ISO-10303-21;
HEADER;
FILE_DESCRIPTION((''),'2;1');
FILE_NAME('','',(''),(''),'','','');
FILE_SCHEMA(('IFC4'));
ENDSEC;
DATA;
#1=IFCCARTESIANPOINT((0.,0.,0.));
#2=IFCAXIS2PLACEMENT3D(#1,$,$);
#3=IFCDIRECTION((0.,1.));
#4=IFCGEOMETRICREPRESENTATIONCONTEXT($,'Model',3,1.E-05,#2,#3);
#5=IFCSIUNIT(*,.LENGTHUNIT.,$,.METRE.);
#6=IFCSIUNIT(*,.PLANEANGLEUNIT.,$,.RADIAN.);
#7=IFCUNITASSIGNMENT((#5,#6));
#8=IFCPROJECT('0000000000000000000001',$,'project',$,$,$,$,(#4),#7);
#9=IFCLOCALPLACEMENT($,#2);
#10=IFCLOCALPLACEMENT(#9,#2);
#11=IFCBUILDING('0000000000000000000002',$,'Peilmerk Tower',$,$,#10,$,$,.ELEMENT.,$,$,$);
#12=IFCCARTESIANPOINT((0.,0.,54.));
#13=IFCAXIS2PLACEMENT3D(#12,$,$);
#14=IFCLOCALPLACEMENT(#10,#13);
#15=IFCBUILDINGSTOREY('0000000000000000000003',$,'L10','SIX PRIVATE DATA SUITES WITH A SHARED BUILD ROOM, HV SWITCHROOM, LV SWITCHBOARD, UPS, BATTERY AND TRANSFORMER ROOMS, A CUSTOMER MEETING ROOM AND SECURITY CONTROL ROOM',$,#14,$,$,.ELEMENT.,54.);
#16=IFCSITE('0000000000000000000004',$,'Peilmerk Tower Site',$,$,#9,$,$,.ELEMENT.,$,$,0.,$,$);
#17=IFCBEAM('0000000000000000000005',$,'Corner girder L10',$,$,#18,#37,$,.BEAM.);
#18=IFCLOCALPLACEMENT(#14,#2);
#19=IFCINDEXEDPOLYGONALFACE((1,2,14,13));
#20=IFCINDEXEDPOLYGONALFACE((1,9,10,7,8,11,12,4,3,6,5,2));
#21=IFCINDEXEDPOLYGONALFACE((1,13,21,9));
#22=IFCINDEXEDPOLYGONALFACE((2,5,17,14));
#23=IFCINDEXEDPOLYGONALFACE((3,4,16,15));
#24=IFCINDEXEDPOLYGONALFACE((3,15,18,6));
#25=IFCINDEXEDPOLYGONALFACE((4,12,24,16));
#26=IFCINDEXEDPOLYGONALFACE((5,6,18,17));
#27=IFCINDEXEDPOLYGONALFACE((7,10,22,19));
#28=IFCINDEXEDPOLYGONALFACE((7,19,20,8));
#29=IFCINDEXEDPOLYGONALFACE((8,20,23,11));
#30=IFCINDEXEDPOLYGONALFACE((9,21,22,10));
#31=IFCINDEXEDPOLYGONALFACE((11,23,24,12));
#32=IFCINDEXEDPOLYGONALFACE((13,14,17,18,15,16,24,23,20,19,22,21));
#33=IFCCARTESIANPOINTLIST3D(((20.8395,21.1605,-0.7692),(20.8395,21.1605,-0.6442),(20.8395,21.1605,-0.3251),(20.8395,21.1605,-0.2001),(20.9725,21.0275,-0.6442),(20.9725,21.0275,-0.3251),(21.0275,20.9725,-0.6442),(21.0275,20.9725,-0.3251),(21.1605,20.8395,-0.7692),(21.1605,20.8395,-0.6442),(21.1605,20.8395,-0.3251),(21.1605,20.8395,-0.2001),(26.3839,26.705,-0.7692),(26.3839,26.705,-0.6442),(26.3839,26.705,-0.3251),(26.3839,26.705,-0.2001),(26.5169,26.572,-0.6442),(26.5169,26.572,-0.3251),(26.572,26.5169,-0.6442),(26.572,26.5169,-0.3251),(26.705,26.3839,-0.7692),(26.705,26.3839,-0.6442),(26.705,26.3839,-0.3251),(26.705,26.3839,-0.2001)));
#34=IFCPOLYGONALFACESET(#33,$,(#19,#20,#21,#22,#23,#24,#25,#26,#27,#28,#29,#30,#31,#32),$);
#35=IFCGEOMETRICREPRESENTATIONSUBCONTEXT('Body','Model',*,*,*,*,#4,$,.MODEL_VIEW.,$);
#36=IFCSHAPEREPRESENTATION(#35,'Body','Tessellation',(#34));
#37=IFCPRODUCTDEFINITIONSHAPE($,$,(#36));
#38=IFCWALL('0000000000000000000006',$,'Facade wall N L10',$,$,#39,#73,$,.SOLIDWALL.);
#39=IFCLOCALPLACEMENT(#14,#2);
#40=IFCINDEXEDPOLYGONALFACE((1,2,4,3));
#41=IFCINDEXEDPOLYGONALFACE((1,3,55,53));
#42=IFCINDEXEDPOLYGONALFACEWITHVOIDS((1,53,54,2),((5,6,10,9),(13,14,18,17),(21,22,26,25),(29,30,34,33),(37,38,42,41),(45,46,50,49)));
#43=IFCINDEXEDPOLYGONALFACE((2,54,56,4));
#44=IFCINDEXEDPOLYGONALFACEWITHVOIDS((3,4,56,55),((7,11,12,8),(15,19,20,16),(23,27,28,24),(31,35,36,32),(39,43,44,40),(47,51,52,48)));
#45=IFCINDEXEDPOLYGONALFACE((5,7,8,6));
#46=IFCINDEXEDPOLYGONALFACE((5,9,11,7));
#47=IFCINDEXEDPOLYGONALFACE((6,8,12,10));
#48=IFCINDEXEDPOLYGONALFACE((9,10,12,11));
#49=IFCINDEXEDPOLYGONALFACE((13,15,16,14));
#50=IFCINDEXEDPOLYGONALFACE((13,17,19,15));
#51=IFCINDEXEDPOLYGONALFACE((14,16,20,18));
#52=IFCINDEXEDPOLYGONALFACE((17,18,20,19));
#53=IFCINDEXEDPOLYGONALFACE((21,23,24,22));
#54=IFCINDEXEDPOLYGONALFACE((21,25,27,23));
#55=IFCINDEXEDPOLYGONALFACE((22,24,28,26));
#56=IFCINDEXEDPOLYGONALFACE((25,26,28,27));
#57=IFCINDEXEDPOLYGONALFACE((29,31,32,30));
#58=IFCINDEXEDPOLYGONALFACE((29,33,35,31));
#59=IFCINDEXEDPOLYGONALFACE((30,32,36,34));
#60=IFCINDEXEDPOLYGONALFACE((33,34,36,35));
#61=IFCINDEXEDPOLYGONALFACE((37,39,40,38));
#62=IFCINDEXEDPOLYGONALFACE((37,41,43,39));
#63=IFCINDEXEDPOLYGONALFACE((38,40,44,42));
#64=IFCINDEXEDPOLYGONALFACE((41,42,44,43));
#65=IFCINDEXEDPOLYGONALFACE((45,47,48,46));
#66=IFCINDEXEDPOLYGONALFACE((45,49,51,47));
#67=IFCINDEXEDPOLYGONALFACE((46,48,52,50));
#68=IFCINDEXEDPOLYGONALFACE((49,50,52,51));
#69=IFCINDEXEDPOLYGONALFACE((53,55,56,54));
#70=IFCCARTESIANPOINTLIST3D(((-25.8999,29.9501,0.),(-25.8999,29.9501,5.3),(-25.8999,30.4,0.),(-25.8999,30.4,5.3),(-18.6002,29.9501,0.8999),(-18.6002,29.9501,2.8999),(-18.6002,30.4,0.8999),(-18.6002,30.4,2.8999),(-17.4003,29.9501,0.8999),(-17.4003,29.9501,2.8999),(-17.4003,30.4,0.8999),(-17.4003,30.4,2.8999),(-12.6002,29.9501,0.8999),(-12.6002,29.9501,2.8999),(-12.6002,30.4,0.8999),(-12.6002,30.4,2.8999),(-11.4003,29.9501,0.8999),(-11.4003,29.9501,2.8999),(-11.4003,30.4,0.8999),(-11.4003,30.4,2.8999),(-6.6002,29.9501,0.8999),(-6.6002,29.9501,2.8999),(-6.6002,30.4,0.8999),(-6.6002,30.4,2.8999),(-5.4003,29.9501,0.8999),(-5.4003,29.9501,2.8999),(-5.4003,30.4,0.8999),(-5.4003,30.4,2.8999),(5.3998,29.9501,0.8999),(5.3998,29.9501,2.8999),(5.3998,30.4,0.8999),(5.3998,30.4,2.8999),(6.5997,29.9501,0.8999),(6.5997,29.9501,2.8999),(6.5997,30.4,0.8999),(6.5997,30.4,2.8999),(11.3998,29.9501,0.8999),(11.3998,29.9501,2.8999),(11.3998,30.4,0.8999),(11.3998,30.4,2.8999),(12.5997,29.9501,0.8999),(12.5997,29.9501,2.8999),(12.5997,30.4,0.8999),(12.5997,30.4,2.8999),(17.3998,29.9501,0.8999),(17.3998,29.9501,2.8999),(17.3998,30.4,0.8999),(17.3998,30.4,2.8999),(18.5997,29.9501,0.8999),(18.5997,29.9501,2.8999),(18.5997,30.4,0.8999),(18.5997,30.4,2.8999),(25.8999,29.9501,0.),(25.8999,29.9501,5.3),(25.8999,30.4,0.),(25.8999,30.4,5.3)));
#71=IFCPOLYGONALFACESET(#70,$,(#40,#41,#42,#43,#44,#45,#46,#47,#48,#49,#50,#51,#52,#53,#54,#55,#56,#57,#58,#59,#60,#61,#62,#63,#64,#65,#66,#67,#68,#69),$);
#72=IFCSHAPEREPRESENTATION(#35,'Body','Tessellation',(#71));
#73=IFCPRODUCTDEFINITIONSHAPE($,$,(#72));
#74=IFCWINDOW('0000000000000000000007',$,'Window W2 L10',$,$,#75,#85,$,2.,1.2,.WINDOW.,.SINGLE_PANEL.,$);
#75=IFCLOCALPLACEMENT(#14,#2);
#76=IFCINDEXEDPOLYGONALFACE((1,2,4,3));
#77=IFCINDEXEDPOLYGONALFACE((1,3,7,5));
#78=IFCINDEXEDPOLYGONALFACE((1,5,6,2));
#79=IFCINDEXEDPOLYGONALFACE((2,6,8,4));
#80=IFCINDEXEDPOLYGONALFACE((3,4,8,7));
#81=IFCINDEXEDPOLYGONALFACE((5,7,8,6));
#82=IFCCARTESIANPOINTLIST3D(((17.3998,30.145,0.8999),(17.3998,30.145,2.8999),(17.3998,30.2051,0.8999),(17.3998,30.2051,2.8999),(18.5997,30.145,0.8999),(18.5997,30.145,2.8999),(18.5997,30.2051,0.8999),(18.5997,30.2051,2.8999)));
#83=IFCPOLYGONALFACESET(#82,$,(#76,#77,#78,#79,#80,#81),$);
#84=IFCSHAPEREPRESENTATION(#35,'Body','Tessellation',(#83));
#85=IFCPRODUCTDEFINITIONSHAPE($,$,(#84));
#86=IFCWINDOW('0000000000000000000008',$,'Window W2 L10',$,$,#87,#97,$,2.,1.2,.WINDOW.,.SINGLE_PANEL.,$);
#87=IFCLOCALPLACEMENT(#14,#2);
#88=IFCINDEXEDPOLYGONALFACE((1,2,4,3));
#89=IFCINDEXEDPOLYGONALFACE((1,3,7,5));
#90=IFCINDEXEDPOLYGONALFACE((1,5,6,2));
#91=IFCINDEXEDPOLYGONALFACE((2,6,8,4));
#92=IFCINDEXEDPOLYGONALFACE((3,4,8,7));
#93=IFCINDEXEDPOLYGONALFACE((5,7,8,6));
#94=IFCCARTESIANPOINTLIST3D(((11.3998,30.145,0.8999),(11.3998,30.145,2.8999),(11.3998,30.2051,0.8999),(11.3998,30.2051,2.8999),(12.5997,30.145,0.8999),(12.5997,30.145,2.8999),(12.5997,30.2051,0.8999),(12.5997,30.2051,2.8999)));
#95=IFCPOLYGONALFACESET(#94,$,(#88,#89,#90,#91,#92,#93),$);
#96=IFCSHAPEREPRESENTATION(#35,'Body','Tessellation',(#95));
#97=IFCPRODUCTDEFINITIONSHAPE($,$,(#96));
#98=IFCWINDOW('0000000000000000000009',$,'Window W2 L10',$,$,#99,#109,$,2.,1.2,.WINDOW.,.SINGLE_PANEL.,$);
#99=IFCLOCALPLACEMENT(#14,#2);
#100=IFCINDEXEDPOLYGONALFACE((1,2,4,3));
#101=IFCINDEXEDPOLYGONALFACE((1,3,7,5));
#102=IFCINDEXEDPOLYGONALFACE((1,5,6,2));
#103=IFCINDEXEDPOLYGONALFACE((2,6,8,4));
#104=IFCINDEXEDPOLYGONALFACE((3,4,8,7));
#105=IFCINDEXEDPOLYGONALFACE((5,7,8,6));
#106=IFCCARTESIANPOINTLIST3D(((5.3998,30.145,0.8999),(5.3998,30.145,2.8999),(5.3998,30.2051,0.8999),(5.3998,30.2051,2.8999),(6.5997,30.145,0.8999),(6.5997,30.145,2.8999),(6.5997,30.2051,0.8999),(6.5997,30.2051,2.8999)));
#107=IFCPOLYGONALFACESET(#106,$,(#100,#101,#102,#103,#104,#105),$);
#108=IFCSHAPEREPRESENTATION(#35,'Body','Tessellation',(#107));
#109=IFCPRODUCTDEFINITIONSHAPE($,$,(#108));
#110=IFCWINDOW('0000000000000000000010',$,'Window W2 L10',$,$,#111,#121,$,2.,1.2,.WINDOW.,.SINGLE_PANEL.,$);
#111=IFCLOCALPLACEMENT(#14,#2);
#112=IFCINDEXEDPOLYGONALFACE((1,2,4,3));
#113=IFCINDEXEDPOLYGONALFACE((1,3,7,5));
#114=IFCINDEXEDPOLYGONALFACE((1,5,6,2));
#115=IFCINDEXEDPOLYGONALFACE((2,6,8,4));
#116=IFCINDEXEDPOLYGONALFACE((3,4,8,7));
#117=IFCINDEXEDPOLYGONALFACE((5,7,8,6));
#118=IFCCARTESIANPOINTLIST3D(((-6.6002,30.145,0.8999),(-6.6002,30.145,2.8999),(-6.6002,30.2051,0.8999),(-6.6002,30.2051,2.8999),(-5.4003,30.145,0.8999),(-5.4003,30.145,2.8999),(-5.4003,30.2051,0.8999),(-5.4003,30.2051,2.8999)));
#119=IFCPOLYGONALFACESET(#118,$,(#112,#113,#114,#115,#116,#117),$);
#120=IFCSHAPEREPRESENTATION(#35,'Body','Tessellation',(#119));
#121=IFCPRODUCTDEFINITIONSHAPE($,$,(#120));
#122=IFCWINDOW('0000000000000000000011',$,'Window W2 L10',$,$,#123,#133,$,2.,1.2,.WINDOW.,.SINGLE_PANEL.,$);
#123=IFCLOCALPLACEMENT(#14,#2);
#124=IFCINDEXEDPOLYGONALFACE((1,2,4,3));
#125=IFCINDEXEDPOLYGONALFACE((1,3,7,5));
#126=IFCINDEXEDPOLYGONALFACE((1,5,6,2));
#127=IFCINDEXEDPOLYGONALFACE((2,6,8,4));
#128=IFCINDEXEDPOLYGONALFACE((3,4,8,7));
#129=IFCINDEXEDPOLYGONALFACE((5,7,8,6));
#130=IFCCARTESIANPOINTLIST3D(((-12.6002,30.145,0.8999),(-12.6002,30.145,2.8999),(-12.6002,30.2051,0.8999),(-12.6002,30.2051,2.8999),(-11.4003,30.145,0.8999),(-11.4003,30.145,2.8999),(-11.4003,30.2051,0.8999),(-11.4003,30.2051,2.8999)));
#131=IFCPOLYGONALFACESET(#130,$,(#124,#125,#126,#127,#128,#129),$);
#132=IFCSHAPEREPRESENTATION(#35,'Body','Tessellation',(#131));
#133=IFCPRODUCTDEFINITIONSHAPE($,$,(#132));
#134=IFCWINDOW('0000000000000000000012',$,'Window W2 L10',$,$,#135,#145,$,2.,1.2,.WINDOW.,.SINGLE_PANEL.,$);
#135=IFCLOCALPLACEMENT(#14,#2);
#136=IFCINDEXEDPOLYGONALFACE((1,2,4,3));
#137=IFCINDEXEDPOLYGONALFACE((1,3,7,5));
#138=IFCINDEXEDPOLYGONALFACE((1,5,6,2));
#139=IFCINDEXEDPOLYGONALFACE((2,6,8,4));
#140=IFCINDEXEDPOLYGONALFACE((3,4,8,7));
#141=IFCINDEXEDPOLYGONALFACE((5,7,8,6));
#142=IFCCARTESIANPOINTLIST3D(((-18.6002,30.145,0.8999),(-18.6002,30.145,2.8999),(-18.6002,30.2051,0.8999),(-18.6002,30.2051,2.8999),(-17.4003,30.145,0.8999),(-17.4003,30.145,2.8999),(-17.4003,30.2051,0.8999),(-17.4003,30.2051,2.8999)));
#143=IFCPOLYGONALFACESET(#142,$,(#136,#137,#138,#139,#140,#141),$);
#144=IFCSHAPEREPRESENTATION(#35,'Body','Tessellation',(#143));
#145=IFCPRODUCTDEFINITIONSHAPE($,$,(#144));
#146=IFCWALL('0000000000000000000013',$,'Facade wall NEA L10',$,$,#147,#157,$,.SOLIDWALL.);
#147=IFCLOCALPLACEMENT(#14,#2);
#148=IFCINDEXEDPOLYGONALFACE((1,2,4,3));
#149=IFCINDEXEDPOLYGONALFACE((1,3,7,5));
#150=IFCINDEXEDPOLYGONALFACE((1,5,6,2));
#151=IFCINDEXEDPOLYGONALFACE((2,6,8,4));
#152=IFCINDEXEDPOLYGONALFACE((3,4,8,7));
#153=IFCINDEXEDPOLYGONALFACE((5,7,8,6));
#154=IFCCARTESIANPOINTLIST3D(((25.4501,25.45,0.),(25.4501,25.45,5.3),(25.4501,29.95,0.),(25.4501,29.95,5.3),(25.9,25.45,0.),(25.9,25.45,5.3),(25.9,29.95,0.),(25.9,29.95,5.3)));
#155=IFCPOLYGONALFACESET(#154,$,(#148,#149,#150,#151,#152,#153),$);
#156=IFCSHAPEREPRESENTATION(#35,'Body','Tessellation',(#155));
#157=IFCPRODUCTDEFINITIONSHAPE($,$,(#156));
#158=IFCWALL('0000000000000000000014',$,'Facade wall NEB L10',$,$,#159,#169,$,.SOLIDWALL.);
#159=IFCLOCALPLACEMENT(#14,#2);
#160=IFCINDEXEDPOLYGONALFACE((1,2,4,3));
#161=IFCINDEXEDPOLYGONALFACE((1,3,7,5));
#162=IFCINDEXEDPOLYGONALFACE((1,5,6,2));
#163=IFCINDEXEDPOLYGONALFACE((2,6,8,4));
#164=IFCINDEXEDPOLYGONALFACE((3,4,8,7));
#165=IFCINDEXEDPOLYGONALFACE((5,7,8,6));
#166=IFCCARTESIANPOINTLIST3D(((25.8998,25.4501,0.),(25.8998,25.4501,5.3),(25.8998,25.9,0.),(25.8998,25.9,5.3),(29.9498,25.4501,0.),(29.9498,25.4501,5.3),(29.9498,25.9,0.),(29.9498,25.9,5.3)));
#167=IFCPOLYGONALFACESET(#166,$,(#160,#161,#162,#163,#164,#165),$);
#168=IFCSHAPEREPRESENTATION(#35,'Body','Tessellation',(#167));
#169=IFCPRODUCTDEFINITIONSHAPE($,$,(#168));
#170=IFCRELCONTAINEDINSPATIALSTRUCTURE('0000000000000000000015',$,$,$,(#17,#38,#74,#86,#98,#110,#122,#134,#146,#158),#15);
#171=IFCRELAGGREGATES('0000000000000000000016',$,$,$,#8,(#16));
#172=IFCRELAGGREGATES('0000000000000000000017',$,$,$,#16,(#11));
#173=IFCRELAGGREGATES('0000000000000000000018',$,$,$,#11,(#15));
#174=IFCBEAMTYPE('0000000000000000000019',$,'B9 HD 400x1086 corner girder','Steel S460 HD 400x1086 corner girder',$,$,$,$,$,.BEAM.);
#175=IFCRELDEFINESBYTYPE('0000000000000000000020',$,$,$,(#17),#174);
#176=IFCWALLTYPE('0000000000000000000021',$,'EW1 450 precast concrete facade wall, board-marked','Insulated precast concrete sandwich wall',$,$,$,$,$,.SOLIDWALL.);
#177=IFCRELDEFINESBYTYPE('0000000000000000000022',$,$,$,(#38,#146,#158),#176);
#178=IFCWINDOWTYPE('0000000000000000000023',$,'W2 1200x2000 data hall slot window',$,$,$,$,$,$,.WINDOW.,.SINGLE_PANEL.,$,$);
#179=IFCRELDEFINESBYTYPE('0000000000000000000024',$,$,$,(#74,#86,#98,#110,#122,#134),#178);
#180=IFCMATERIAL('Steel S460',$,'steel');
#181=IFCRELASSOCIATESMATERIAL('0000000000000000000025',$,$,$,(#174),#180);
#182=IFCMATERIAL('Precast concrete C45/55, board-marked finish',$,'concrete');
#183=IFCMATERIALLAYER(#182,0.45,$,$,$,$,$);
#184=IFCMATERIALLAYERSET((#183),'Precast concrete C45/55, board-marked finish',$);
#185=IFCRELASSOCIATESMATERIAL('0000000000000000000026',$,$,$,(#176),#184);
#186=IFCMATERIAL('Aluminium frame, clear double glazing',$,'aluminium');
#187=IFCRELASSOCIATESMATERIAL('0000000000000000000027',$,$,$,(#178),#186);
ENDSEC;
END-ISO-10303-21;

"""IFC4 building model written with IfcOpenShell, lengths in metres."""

from ifc_helpers import new_model, si_unit, direction, frame, frame_2d, origin, origin_2d, place, context, subcontext, project, spatial, rectangle, i_section, extrude, material, layer, layer_set, material_profile, profile_set, type_object, element, fill, save


model = new_model("IFC4")

# Units and contexts
model_context = context("Model", 3, precision=1e-05, world=origin(), true_north=direction((0.0, 1.0)))
body_context = subcontext(model_context, "Body", "Model", "MODEL_VIEW")
ifc_project = project(units=[si_unit("LENGTHUNIT", "METRE"), si_unit("PLANEANGLEUNIT", "RADIAN")], contexts=[model_context])

# Site, building, storey
site_placement = place(None, origin())
site = spatial("IfcSite", under=ifc_project, at=site_placement, Name="Peilmerk Tower Site", CompositionType="ELEMENT", RefElevation=0.0)
building_placement = place(site_placement, origin())
building = spatial("IfcBuilding", under=site, at=building_placement, Name="Peilmerk Tower", CompositionType="ELEMENT")
storey_placement = place(building_placement, frame((0.0, 0.0, 54.0)))
storey = spatial("IfcBuildingStorey", under=building, at=storey_placement, Name="L10", Description="SIX PRIVATE DATA SUITES WITH A SHARED BUILD ROOM, HV SWITCHROOM, LV SWITCHBOARD, UPS, BATTERY AND TRANSFORMER ROOMS, A CUSTOMER MEETING ROOM AND SECURITY CONTROL ROOM", CompositionType="ELEMENT", Elevation=54.0)

# Beam
ifc_material_1 = material(Name="Steel S460", Category="steel")
ifc_material_profile_1 = material_profile(ifc_material_1, i_section(OverallWidth=0.4541, OverallDepth=0.5691, WebThickness=0.0779, FlangeThickness=0.125, at=origin_2d()), Name="HD 400x1086")
ifc_profile_set_1 = profile_set([ifc_material_profile_1], Name="Steel S460")
beam_type_1 = type_object("IfcBeamType", Name="B9 HD 400x1086 corner girder", Description="Steel S460 HD 400x1086 corner girder", PredefinedType="BEAM", material=ifc_profile_set_1)
beam_1_placement = place(storey_placement, frame((21.0, 21.0, -0.4846), z_axis=(0.707107, 0.707107, 0.0), x_axis=(-0.707107, 0.707107, 0.0)))
element("IfcBeam", 1, at=beam_1_placement, inside=storey, type_object=beam_type_1, Name="Corner girder L10", PredefinedType="BEAM", context=body_context, shape_type="SweptSolid", body=[
    extrude(i_section(OverallWidth=0.4541, OverallDepth=0.5691, WebThickness=0.0779, FlangeThickness=0.125, at=origin_2d()), origin(), (0.0, 0.0, 1.0), 7.8411),
])

# Wall, openings, windows
ifc_material_2 = material(Name="Precast concrete C45/55, board-marked finish", Category="concrete")
ifc_layer = layer(ifc_material_2, 0.45)
ifc_layer_set = layer_set([ifc_layer], Name="Precast concrete C45/55, board-marked finish")
wall_type = type_object("IfcWallType", Name="EW1 450 precast concrete facade wall, board-marked", Description="Insulated precast concrete sandwich wall", PredefinedType="SOLIDWALL", material=ifc_layer_set)
wall_1_placement = place(storey_placement, frame((25.8999, 30.175, 0.0), z_axis=(0.0, 0.0, 1.0), x_axis=(-1.0, 0.0, 0.0)))
wall_1 = element("IfcWall", 2, at=wall_1_placement, inside=storey, type_object=wall_type, Name="Facade wall N L10", PredefinedType="SOLIDWALL", context=body_context, shape_type="SweptSolid", body=[
    extrude(rectangle(XDim=51.7998, YDim=0.45, at=frame_2d((25.8999, 0.0))), origin(), (0.0, 0.0, 1.0), 5.3),
])
opening_1_placement = place(wall_1_placement, frame((7.3, 0.0, 0.8999)))
opening_1 = element("IfcOpeningElement", 3, at=opening_1_placement, cuts=wall_1, PredefinedType="OPENING", context=body_context, shape_type="SweptSolid", body=[
    extrude(rectangle(XDim=1.2, YDim=2.0, at=frame_2d((0.6001, 1.0))), frame((0.0, 0.2349, 0.0), z_axis=(0.0, -1.0, 0.0), x_axis=(1.0, 0.0, 0.0)), (0.0, 0.0, 1.0), 0.47),
])
opening_2_placement = place(wall_1_placement, frame((13.3, 0.0, 0.8999)))
opening_2 = element("IfcOpeningElement", 4, at=opening_2_placement, cuts=wall_1, PredefinedType="OPENING", context=body_context, shape_type="SweptSolid", body=[
    extrude(rectangle(XDim=1.2, YDim=2.0, at=frame_2d((0.6001, 1.0))), frame((0.0, 0.2349, 0.0), z_axis=(0.0, -1.0, 0.0), x_axis=(1.0, 0.0, 0.0)), (0.0, 0.0, 1.0), 0.47),
])
opening_3_placement = place(wall_1_placement, frame((19.3, 0.0, 0.8999)))
opening_3 = element("IfcOpeningElement", 5, at=opening_3_placement, cuts=wall_1, PredefinedType="OPENING", context=body_context, shape_type="SweptSolid", body=[
    extrude(rectangle(XDim=1.2, YDim=2.0, at=frame_2d((0.6001, 1.0))), frame((0.0, 0.2349, 0.0), z_axis=(0.0, -1.0, 0.0), x_axis=(1.0, 0.0, 0.0)), (0.0, 0.0, 1.0), 0.47),
])
opening_4_placement = place(wall_1_placement, frame((31.3, 0.0, 0.8999)))
opening_4 = element("IfcOpeningElement", 6, at=opening_4_placement, cuts=wall_1, PredefinedType="OPENING", context=body_context, shape_type="SweptSolid", body=[
    extrude(rectangle(XDim=1.2, YDim=2.0, at=frame_2d((0.6001, 1.0))), frame((0.0, 0.2349, 0.0), z_axis=(0.0, -1.0, 0.0), x_axis=(1.0, 0.0, 0.0)), (0.0, 0.0, 1.0), 0.47),
])
opening_5_placement = place(wall_1_placement, frame((37.3, 0.0, 0.8999)))
opening_5 = element("IfcOpeningElement", 7, at=opening_5_placement, cuts=wall_1, PredefinedType="OPENING", context=body_context, shape_type="SweptSolid", body=[
    extrude(rectangle(XDim=1.2, YDim=2.0, at=frame_2d((0.6001, 1.0))), frame((0.0, 0.2349, 0.0), z_axis=(0.0, -1.0, 0.0), x_axis=(1.0, 0.0, 0.0)), (0.0, 0.0, 1.0), 0.47),
])
opening_6_placement = place(wall_1_placement, frame((43.3, 0.0, 0.8999)))
opening_6 = element("IfcOpeningElement", 8, at=opening_6_placement, cuts=wall_1, PredefinedType="OPENING", context=body_context, shape_type="SweptSolid", body=[
    extrude(rectangle(XDim=1.2, YDim=2.0, at=frame_2d((0.6001, 1.0))), frame((0.0, 0.2349, 0.0), z_axis=(0.0, -1.0, 0.0), x_axis=(1.0, 0.0, 0.0)), (0.0, 0.0, 1.0), 0.47),
])
ifc_material_3 = material(Name="Aluminium frame, clear double glazing", Category="aluminium")
window_type = type_object("IfcWindowType", Name="W2 1200x2000 data hall slot window", PartitioningType="SINGLE_PANEL", PredefinedType="WINDOW", material=ifc_material_3)
window_1_placement = place(opening_1_placement, origin())
window_1 = element("IfcWindow", 9, at=window_1_placement, inside=storey, type_object=window_type, Name="Window W2 L10", OverallHeight=2.0, OverallWidth=1.2, PartitioningType="SINGLE_PANEL", PredefinedType="WINDOW", context=body_context, shape_type="SweptSolid", body=[
    extrude(rectangle(XDim=1.2, YDim=2.0, at=frame_2d((0.6001, 1.0))), frame((0.0, 0.03, 0.0), z_axis=(0.0, -1.0, 0.0), x_axis=(1.0, 0.0, 0.0)), (0.0, 0.0, 1.0), 0.0601),
])
fill(opening_1, window_1)
window_2_placement = place(opening_2_placement, origin())
window_2 = element("IfcWindow", 10, at=window_2_placement, inside=storey, type_object=window_type, Name="Window W2 L10", OverallHeight=2.0, OverallWidth=1.2, PartitioningType="SINGLE_PANEL", PredefinedType="WINDOW", context=body_context, shape_type="SweptSolid", body=[
    extrude(rectangle(XDim=1.2, YDim=2.0, at=frame_2d((0.6001, 1.0))), frame((0.0, 0.03, 0.0), z_axis=(0.0, -1.0, 0.0), x_axis=(1.0, 0.0, 0.0)), (0.0, 0.0, 1.0), 0.0601),
])
fill(opening_2, window_2)
window_3_placement = place(opening_3_placement, origin())
window_3 = element("IfcWindow", 11, at=window_3_placement, inside=storey, type_object=window_type, Name="Window W2 L10", OverallHeight=2.0, OverallWidth=1.2, PartitioningType="SINGLE_PANEL", PredefinedType="WINDOW", context=body_context, shape_type="SweptSolid", body=[
    extrude(rectangle(XDim=1.2, YDim=2.0, at=frame_2d((0.6001, 1.0))), frame((0.0, 0.03, 0.0), z_axis=(0.0, -1.0, 0.0), x_axis=(1.0, 0.0, 0.0)), (0.0, 0.0, 1.0), 0.0601),
])
fill(opening_3, window_3)
window_4_placement = place(opening_4_placement, origin())
window_4 = element("IfcWindow", 12, at=window_4_placement, inside=storey, type_object=window_type, Name="Window W2 L10", OverallHeight=2.0, OverallWidth=1.2, PartitioningType="SINGLE_PANEL", PredefinedType="WINDOW", context=body_context, shape_type="SweptSolid", body=[
    extrude(rectangle(XDim=1.2, YDim=2.0, at=frame_2d((0.6001, 1.0))), frame((0.0, 0.03, 0.0), z_axis=(0.0, -1.0, 0.0), x_axis=(1.0, 0.0, 0.0)), (0.0, 0.0, 1.0), 0.0601),
])
fill(opening_4, window_4)
window_5_placement = place(opening_5_placement, origin())
window_5 = element("IfcWindow", 13, at=window_5_placement, inside=storey, type_object=window_type, Name="Window W2 L10", OverallHeight=2.0, OverallWidth=1.2, PartitioningType="SINGLE_PANEL", PredefinedType="WINDOW", context=body_context, shape_type="SweptSolid", body=[
    extrude(rectangle(XDim=1.2, YDim=2.0, at=frame_2d((0.6001, 1.0))), frame((0.0, 0.03, 0.0), z_axis=(0.0, -1.0, 0.0), x_axis=(1.0, 0.0, 0.0)), (0.0, 0.0, 1.0), 0.0601),
])
fill(opening_5, window_5)
window_6_placement = place(opening_6_placement, origin())
window_6 = element("IfcWindow", 14, at=window_6_placement, inside=storey, type_object=window_type, Name="Window W2 L10", OverallHeight=2.0, OverallWidth=1.2, PartitioningType="SINGLE_PANEL", PredefinedType="WINDOW", context=body_context, shape_type="SweptSolid", body=[
    extrude(rectangle(XDim=1.2, YDim=2.0, at=frame_2d((0.6001, 1.0))), frame((0.0, 0.03, 0.0), z_axis=(0.0, -1.0, 0.0), x_axis=(1.0, 0.0, 0.0)), (0.0, 0.0, 1.0), 0.0601),
])
fill(opening_6, window_6)

# Walls
wall_2_placement = place(storey_placement, frame((25.675, 25.45, 0.0), z_axis=(0.0, 0.0, 1.0), x_axis=(0.0, 1.0, 0.0)))
element("IfcWall", 15, at=wall_2_placement, inside=storey, type_object=wall_type, Name="Facade wall NEA L10", PredefinedType="SOLIDWALL", context=body_context, shape_type="SweptSolid", body=[
    extrude(rectangle(XDim=4.5, YDim=0.45, at=frame_2d((2.25, 0.0))), origin(), (0.0, 0.0, 1.0), 5.3),
])
wall_3_placement = place(storey_placement, frame((25.8999, 25.675, 0.0), z_axis=(0.0, 0.0, 1.0), x_axis=(1.0, 0.0, 0.0)))
element("IfcWall", 16, at=wall_3_placement, inside=storey, type_object=wall_type, Name="Facade wall NEB L10", PredefinedType="SOLIDWALL", context=body_context, shape_type="SweptSolid", body=[
    extrude(rectangle(XDim=4.05, YDim=0.45, at=frame_2d((2.0249, 0.0))), origin(), (0.0, 0.0, 1.0), 5.3),
])

save(model, "model.ifc")
